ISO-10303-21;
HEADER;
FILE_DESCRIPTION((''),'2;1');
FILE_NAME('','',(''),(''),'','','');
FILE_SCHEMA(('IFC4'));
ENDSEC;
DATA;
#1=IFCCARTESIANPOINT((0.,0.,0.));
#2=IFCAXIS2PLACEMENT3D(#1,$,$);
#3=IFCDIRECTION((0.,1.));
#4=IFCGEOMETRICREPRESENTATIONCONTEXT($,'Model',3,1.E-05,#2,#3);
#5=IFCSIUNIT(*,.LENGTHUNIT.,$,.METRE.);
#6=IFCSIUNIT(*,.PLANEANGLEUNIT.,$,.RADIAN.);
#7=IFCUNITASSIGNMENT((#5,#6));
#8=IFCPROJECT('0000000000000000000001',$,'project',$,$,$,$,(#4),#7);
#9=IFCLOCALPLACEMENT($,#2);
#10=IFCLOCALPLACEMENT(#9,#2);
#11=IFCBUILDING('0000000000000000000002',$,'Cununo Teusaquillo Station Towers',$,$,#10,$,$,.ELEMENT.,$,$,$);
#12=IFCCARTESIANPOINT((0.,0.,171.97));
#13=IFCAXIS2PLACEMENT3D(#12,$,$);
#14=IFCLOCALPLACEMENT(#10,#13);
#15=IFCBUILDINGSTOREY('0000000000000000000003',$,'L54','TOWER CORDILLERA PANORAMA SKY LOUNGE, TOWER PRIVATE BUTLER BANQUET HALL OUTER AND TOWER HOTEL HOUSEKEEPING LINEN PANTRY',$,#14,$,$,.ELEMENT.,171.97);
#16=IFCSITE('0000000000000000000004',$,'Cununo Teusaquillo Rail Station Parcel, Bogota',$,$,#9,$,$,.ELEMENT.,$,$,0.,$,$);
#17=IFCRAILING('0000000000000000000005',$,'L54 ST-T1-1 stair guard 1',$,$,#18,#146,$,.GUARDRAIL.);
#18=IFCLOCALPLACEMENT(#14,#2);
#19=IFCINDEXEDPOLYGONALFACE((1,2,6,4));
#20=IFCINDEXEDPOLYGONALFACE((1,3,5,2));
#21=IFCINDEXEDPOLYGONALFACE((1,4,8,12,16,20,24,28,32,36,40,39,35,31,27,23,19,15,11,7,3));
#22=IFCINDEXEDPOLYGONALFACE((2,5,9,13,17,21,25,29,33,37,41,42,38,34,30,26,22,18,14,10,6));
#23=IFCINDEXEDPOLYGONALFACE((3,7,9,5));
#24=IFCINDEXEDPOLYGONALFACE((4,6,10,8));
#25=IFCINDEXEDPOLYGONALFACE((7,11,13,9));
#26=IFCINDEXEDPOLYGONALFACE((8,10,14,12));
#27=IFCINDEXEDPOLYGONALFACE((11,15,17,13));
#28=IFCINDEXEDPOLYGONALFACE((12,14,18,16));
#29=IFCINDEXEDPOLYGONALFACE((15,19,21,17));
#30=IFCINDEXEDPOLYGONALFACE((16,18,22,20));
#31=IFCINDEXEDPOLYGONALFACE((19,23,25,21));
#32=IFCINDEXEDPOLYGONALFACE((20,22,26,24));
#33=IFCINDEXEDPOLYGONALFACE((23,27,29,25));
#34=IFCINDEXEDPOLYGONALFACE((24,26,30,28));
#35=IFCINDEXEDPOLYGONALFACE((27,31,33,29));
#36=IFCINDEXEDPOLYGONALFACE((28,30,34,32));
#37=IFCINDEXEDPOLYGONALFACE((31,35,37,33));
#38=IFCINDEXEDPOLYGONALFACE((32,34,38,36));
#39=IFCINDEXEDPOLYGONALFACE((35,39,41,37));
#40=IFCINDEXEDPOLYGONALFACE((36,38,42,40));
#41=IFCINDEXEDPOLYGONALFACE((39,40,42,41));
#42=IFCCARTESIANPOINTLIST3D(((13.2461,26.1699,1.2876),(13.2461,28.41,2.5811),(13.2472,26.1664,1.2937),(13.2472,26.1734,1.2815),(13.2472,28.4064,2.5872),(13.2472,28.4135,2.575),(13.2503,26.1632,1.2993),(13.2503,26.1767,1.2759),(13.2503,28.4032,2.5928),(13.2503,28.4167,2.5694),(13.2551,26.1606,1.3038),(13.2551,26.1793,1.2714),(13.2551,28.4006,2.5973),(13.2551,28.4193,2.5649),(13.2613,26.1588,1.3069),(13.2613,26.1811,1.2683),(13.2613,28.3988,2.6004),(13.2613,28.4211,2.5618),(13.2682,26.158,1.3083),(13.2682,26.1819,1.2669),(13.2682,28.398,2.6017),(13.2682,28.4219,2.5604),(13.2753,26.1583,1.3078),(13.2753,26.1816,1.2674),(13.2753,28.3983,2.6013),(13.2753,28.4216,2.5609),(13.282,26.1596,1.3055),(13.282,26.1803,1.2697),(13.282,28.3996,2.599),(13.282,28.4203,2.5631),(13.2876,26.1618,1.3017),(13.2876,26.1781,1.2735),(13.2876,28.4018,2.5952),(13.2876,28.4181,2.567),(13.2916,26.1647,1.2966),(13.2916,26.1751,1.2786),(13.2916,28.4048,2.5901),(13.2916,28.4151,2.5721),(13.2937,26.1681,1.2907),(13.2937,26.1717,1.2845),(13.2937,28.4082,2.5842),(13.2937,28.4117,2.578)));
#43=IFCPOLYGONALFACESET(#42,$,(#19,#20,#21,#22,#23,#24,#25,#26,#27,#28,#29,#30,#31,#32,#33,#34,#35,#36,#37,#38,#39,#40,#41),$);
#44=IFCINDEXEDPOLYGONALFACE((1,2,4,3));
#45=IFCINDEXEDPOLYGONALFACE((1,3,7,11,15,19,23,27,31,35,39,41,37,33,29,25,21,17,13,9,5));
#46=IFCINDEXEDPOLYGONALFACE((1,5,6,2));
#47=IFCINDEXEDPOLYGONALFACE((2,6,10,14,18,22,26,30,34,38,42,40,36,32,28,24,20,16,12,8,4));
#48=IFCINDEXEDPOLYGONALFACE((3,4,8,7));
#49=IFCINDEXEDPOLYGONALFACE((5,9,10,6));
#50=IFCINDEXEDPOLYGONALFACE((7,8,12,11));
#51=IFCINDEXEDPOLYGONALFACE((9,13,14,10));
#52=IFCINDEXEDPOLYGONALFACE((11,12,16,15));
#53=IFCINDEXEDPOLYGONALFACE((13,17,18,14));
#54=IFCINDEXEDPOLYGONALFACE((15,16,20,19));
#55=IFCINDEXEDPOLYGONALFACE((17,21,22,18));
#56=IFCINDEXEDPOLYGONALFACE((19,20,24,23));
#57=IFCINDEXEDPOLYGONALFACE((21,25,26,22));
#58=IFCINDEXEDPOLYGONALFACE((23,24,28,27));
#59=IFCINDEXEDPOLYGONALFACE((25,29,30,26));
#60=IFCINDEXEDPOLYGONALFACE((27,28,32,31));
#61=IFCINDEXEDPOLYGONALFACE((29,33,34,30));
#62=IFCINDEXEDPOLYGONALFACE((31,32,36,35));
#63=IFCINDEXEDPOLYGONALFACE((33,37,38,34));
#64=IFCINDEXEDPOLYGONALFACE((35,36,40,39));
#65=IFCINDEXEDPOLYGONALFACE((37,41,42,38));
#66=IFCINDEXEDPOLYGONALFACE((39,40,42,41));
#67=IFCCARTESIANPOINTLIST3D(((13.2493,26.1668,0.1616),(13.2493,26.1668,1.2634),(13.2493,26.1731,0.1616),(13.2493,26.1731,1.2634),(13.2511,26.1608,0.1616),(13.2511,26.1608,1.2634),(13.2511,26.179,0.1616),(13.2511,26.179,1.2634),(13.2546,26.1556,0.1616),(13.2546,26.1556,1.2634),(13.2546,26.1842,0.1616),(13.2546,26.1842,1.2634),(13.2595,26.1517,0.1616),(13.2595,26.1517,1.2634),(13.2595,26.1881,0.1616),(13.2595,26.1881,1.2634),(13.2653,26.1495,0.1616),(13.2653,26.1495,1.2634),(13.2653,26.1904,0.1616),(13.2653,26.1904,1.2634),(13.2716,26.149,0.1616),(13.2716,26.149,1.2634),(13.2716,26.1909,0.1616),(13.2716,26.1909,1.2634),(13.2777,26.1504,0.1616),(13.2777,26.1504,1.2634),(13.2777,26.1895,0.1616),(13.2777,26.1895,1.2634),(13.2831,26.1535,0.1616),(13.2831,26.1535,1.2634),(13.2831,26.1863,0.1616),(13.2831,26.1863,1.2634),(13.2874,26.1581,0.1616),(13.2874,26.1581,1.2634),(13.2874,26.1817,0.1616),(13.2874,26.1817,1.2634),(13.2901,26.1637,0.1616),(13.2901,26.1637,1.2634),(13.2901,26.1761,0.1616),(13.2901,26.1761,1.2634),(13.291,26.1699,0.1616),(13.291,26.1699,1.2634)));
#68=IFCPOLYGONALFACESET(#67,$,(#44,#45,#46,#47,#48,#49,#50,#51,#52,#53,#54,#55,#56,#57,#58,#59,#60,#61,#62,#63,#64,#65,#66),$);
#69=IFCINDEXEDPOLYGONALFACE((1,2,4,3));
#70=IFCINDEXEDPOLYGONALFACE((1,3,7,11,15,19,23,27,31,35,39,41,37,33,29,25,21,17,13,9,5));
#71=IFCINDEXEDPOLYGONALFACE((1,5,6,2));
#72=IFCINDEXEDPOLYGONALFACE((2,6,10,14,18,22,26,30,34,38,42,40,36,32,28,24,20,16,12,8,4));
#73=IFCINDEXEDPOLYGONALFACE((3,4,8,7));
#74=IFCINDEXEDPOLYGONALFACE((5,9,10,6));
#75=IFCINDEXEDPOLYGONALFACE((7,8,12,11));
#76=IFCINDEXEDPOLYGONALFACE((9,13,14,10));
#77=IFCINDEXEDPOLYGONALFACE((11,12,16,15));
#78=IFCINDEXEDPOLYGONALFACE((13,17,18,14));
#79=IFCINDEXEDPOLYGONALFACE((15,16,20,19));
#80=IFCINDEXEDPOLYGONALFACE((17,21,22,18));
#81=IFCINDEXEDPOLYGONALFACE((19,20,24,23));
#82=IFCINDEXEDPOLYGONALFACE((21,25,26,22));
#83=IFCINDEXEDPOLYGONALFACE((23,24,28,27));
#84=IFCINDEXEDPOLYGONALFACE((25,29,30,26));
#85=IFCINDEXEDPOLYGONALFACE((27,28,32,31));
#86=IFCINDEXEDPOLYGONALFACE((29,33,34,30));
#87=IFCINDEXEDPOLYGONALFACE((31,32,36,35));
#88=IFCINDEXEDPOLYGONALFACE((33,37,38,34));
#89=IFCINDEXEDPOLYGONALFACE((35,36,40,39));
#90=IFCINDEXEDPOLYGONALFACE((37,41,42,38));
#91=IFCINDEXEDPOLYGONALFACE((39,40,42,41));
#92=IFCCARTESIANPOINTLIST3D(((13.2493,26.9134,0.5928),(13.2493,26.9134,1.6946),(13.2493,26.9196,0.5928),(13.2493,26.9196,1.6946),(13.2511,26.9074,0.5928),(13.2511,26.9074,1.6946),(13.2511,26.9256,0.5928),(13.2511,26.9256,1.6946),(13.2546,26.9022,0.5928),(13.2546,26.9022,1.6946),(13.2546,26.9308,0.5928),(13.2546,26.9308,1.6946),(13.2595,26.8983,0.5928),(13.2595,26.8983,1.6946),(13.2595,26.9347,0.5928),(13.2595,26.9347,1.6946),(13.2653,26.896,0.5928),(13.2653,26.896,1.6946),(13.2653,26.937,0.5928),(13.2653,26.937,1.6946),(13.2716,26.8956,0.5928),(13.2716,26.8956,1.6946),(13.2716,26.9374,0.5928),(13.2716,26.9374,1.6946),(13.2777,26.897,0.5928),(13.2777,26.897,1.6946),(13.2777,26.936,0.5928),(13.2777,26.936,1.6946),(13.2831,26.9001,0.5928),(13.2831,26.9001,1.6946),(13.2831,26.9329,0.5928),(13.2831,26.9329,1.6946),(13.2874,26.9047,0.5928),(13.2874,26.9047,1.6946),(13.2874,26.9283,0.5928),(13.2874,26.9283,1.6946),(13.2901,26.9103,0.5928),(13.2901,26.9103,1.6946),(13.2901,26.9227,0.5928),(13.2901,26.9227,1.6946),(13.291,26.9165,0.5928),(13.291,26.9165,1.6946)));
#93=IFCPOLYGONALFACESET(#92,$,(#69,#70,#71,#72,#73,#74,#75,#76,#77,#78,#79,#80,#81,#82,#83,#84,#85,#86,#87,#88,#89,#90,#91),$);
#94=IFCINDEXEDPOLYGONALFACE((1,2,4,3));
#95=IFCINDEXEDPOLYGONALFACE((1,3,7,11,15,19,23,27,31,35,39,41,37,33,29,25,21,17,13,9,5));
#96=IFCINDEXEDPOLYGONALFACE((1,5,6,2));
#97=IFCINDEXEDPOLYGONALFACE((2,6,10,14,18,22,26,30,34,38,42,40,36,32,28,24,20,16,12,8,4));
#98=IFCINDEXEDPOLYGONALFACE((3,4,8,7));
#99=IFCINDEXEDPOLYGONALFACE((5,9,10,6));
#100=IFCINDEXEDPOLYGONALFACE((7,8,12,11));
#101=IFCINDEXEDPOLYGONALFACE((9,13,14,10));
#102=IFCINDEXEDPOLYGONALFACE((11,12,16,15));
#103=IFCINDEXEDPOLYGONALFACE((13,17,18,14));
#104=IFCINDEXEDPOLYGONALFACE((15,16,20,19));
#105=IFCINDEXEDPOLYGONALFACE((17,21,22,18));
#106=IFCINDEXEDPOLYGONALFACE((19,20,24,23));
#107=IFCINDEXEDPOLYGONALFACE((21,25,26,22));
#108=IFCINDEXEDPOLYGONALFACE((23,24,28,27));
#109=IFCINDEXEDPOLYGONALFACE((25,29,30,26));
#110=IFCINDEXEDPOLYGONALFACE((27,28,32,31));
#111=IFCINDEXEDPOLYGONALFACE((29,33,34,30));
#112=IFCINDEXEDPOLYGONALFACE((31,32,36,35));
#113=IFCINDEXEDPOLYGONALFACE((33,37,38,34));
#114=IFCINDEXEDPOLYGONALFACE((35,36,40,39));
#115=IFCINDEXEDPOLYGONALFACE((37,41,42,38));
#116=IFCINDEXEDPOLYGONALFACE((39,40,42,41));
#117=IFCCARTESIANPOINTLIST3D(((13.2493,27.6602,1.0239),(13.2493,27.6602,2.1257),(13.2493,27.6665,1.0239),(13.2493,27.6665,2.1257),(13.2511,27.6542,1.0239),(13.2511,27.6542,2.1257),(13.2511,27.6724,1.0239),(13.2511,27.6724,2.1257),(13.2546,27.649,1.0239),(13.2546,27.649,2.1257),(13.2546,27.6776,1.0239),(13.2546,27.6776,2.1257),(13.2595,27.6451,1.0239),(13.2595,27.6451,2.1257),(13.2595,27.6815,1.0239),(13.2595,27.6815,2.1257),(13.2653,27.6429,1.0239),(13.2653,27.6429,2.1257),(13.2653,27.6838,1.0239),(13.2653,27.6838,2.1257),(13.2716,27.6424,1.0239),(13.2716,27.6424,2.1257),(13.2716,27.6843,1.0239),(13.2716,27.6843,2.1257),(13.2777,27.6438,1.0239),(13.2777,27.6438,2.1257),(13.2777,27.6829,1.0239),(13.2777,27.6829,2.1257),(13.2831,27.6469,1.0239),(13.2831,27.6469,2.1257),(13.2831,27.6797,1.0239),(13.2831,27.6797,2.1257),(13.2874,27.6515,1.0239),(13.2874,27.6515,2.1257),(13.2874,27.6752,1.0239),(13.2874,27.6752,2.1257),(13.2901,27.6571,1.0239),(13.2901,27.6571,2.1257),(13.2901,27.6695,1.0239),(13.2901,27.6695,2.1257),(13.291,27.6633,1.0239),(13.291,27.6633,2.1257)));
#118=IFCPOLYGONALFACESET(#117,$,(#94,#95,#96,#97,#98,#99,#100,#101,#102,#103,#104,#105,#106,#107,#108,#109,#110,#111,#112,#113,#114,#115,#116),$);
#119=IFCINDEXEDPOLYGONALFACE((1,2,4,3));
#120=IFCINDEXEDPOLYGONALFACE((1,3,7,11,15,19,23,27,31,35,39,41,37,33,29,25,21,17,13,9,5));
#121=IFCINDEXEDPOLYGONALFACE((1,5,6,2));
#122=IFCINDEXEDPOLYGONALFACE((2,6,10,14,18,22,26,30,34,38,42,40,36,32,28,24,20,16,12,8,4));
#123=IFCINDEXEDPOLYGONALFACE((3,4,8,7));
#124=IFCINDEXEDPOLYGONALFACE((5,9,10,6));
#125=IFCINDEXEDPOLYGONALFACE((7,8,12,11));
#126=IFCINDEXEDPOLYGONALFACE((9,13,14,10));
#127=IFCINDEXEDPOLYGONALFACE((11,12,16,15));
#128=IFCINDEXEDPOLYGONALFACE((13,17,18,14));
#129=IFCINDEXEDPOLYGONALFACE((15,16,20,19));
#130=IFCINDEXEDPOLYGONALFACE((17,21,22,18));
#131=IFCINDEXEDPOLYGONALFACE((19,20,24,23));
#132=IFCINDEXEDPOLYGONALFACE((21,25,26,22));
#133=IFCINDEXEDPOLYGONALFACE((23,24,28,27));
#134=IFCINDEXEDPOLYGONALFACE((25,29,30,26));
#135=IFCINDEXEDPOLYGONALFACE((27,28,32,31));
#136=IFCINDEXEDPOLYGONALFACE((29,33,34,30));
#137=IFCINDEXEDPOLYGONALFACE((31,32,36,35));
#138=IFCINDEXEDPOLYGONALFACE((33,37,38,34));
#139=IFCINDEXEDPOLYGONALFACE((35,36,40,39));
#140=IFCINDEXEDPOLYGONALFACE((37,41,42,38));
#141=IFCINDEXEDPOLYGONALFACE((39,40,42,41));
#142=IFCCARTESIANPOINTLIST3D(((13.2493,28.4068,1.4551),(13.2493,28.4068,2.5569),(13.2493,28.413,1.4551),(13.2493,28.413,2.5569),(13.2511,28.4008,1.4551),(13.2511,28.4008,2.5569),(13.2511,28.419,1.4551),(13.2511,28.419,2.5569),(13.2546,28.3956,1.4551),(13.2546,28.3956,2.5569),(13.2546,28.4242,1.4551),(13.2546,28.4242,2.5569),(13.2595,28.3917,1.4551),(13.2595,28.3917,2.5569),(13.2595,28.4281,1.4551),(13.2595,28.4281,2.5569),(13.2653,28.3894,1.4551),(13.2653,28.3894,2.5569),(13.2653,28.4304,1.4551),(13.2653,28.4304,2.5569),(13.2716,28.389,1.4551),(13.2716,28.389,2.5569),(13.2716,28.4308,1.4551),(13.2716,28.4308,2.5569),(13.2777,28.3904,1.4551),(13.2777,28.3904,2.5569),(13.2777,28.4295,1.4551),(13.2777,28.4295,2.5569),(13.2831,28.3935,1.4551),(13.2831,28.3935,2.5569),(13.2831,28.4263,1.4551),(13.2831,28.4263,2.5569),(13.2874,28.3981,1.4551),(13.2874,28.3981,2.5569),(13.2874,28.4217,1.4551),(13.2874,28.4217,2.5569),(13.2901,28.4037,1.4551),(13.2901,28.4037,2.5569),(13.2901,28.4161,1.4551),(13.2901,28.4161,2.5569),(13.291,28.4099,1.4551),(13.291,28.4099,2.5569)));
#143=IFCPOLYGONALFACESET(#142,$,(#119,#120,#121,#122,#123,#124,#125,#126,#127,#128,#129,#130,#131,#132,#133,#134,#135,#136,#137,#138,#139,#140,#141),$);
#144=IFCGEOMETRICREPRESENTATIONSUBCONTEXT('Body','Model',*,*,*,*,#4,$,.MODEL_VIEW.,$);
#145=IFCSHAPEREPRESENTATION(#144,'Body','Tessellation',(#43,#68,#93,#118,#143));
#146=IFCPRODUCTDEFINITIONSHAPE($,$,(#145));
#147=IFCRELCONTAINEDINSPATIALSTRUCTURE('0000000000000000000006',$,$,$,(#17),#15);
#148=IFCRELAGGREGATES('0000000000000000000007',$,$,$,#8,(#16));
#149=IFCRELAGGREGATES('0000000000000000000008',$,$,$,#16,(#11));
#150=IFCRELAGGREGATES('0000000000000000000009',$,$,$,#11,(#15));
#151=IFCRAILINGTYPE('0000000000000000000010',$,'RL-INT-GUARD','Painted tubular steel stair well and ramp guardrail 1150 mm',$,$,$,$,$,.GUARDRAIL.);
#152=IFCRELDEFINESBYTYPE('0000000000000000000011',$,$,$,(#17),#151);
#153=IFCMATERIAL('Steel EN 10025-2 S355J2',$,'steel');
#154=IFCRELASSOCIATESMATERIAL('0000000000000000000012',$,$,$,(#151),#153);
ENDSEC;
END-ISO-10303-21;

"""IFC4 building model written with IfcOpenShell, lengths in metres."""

from ifc_helpers import new_model, si_unit, direction, frame, origin, origin_2d, place, context, subcontext, project, spatial, circle, extrude, material, type_object, element, save


model = new_model("IFC4")

# Units and contexts
model_context = context("Model", 3, precision=1e-05, world=origin(), true_north=direction((0.0, 1.0)))
body_context = subcontext(model_context, "Body", "Model", "MODEL_VIEW")
ifc_project = project(units=[si_unit("LENGTHUNIT", "METRE"), si_unit("PLANEANGLEUNIT", "RADIAN")], contexts=[model_context])

# Site, building, storey
site_placement = place(None, origin())
site = spatial("IfcSite", under=ifc_project, at=site_placement, Name="Cununo Teusaquillo Rail Station Parcel, Bogota", CompositionType="ELEMENT", RefElevation=0.0)
building_placement = place(site_placement, origin())
building = spatial("IfcBuilding", under=site, at=building_placement, Name="Cununo Teusaquillo Station Towers", CompositionType="ELEMENT")
storey_placement = place(building_placement, frame((0.0, 0.0, 171.97)))
storey = spatial("IfcBuildingStorey", under=building, at=storey_placement, Name="L54", Description="TOWER CORDILLERA PANORAMA SKY LOUNGE, TOWER PRIVATE BUTLER BANQUET HALL OUTER AND TOWER HOTEL HOUSEKEEPING LINEN PANTRY", CompositionType="ELEMENT", Elevation=171.97)

# Railing
ifc_material_1 = material(Name="Steel EN 10025-2 S355J2", Category="steel")
railing_type_1 = type_object("IfcRailingType", Name="RL-INT-GUARD", Description="Painted tubular steel stair well and ramp guardrail 1150 mm", PredefinedType="GUARDRAIL", material=ifc_material_1)
railing_1_placement = place(storey_placement, frame((13.27, 26.1699, 0.1616)))
element("IfcRailing", 1, at=railing_1_placement, inside=storey, type_object=railing_type_1, Name="L54 ST-T1-1 stair guard 1", PredefinedType="GUARDRAIL", context=body_context, shape_type="SweptSolid", body=[
    extrude(circle(Radius=0.0239, at=origin_2d()), frame((0.0, 0.0, 1.126), z_axis=(0.0, 0.865992, 0.500057), x_axis=(-1.0, 0.0, 0.0)), (0.0, 0.0, 1.0), 2.5867),
    extrude(circle(Radius=0.021, at=origin_2d()), origin(), (0.0, 0.0, 1.0), 1.1018),
    extrude(circle(Radius=0.021, at=origin_2d()), frame((0.0, 0.7466, 0.4312)), (0.0, 0.0, 1.0), 1.1018),
    extrude(circle(Radius=0.021, at=origin_2d()), frame((0.0, 1.4934, 0.8623)), (0.0, 0.0, 1.0), 1.1018),
    extrude(circle(Radius=0.021, at=origin_2d()), frame((0.0, 2.24, 1.2935)), (0.0, 0.0, 1.0), 1.1018),
])

save(model, "model.ifc")
